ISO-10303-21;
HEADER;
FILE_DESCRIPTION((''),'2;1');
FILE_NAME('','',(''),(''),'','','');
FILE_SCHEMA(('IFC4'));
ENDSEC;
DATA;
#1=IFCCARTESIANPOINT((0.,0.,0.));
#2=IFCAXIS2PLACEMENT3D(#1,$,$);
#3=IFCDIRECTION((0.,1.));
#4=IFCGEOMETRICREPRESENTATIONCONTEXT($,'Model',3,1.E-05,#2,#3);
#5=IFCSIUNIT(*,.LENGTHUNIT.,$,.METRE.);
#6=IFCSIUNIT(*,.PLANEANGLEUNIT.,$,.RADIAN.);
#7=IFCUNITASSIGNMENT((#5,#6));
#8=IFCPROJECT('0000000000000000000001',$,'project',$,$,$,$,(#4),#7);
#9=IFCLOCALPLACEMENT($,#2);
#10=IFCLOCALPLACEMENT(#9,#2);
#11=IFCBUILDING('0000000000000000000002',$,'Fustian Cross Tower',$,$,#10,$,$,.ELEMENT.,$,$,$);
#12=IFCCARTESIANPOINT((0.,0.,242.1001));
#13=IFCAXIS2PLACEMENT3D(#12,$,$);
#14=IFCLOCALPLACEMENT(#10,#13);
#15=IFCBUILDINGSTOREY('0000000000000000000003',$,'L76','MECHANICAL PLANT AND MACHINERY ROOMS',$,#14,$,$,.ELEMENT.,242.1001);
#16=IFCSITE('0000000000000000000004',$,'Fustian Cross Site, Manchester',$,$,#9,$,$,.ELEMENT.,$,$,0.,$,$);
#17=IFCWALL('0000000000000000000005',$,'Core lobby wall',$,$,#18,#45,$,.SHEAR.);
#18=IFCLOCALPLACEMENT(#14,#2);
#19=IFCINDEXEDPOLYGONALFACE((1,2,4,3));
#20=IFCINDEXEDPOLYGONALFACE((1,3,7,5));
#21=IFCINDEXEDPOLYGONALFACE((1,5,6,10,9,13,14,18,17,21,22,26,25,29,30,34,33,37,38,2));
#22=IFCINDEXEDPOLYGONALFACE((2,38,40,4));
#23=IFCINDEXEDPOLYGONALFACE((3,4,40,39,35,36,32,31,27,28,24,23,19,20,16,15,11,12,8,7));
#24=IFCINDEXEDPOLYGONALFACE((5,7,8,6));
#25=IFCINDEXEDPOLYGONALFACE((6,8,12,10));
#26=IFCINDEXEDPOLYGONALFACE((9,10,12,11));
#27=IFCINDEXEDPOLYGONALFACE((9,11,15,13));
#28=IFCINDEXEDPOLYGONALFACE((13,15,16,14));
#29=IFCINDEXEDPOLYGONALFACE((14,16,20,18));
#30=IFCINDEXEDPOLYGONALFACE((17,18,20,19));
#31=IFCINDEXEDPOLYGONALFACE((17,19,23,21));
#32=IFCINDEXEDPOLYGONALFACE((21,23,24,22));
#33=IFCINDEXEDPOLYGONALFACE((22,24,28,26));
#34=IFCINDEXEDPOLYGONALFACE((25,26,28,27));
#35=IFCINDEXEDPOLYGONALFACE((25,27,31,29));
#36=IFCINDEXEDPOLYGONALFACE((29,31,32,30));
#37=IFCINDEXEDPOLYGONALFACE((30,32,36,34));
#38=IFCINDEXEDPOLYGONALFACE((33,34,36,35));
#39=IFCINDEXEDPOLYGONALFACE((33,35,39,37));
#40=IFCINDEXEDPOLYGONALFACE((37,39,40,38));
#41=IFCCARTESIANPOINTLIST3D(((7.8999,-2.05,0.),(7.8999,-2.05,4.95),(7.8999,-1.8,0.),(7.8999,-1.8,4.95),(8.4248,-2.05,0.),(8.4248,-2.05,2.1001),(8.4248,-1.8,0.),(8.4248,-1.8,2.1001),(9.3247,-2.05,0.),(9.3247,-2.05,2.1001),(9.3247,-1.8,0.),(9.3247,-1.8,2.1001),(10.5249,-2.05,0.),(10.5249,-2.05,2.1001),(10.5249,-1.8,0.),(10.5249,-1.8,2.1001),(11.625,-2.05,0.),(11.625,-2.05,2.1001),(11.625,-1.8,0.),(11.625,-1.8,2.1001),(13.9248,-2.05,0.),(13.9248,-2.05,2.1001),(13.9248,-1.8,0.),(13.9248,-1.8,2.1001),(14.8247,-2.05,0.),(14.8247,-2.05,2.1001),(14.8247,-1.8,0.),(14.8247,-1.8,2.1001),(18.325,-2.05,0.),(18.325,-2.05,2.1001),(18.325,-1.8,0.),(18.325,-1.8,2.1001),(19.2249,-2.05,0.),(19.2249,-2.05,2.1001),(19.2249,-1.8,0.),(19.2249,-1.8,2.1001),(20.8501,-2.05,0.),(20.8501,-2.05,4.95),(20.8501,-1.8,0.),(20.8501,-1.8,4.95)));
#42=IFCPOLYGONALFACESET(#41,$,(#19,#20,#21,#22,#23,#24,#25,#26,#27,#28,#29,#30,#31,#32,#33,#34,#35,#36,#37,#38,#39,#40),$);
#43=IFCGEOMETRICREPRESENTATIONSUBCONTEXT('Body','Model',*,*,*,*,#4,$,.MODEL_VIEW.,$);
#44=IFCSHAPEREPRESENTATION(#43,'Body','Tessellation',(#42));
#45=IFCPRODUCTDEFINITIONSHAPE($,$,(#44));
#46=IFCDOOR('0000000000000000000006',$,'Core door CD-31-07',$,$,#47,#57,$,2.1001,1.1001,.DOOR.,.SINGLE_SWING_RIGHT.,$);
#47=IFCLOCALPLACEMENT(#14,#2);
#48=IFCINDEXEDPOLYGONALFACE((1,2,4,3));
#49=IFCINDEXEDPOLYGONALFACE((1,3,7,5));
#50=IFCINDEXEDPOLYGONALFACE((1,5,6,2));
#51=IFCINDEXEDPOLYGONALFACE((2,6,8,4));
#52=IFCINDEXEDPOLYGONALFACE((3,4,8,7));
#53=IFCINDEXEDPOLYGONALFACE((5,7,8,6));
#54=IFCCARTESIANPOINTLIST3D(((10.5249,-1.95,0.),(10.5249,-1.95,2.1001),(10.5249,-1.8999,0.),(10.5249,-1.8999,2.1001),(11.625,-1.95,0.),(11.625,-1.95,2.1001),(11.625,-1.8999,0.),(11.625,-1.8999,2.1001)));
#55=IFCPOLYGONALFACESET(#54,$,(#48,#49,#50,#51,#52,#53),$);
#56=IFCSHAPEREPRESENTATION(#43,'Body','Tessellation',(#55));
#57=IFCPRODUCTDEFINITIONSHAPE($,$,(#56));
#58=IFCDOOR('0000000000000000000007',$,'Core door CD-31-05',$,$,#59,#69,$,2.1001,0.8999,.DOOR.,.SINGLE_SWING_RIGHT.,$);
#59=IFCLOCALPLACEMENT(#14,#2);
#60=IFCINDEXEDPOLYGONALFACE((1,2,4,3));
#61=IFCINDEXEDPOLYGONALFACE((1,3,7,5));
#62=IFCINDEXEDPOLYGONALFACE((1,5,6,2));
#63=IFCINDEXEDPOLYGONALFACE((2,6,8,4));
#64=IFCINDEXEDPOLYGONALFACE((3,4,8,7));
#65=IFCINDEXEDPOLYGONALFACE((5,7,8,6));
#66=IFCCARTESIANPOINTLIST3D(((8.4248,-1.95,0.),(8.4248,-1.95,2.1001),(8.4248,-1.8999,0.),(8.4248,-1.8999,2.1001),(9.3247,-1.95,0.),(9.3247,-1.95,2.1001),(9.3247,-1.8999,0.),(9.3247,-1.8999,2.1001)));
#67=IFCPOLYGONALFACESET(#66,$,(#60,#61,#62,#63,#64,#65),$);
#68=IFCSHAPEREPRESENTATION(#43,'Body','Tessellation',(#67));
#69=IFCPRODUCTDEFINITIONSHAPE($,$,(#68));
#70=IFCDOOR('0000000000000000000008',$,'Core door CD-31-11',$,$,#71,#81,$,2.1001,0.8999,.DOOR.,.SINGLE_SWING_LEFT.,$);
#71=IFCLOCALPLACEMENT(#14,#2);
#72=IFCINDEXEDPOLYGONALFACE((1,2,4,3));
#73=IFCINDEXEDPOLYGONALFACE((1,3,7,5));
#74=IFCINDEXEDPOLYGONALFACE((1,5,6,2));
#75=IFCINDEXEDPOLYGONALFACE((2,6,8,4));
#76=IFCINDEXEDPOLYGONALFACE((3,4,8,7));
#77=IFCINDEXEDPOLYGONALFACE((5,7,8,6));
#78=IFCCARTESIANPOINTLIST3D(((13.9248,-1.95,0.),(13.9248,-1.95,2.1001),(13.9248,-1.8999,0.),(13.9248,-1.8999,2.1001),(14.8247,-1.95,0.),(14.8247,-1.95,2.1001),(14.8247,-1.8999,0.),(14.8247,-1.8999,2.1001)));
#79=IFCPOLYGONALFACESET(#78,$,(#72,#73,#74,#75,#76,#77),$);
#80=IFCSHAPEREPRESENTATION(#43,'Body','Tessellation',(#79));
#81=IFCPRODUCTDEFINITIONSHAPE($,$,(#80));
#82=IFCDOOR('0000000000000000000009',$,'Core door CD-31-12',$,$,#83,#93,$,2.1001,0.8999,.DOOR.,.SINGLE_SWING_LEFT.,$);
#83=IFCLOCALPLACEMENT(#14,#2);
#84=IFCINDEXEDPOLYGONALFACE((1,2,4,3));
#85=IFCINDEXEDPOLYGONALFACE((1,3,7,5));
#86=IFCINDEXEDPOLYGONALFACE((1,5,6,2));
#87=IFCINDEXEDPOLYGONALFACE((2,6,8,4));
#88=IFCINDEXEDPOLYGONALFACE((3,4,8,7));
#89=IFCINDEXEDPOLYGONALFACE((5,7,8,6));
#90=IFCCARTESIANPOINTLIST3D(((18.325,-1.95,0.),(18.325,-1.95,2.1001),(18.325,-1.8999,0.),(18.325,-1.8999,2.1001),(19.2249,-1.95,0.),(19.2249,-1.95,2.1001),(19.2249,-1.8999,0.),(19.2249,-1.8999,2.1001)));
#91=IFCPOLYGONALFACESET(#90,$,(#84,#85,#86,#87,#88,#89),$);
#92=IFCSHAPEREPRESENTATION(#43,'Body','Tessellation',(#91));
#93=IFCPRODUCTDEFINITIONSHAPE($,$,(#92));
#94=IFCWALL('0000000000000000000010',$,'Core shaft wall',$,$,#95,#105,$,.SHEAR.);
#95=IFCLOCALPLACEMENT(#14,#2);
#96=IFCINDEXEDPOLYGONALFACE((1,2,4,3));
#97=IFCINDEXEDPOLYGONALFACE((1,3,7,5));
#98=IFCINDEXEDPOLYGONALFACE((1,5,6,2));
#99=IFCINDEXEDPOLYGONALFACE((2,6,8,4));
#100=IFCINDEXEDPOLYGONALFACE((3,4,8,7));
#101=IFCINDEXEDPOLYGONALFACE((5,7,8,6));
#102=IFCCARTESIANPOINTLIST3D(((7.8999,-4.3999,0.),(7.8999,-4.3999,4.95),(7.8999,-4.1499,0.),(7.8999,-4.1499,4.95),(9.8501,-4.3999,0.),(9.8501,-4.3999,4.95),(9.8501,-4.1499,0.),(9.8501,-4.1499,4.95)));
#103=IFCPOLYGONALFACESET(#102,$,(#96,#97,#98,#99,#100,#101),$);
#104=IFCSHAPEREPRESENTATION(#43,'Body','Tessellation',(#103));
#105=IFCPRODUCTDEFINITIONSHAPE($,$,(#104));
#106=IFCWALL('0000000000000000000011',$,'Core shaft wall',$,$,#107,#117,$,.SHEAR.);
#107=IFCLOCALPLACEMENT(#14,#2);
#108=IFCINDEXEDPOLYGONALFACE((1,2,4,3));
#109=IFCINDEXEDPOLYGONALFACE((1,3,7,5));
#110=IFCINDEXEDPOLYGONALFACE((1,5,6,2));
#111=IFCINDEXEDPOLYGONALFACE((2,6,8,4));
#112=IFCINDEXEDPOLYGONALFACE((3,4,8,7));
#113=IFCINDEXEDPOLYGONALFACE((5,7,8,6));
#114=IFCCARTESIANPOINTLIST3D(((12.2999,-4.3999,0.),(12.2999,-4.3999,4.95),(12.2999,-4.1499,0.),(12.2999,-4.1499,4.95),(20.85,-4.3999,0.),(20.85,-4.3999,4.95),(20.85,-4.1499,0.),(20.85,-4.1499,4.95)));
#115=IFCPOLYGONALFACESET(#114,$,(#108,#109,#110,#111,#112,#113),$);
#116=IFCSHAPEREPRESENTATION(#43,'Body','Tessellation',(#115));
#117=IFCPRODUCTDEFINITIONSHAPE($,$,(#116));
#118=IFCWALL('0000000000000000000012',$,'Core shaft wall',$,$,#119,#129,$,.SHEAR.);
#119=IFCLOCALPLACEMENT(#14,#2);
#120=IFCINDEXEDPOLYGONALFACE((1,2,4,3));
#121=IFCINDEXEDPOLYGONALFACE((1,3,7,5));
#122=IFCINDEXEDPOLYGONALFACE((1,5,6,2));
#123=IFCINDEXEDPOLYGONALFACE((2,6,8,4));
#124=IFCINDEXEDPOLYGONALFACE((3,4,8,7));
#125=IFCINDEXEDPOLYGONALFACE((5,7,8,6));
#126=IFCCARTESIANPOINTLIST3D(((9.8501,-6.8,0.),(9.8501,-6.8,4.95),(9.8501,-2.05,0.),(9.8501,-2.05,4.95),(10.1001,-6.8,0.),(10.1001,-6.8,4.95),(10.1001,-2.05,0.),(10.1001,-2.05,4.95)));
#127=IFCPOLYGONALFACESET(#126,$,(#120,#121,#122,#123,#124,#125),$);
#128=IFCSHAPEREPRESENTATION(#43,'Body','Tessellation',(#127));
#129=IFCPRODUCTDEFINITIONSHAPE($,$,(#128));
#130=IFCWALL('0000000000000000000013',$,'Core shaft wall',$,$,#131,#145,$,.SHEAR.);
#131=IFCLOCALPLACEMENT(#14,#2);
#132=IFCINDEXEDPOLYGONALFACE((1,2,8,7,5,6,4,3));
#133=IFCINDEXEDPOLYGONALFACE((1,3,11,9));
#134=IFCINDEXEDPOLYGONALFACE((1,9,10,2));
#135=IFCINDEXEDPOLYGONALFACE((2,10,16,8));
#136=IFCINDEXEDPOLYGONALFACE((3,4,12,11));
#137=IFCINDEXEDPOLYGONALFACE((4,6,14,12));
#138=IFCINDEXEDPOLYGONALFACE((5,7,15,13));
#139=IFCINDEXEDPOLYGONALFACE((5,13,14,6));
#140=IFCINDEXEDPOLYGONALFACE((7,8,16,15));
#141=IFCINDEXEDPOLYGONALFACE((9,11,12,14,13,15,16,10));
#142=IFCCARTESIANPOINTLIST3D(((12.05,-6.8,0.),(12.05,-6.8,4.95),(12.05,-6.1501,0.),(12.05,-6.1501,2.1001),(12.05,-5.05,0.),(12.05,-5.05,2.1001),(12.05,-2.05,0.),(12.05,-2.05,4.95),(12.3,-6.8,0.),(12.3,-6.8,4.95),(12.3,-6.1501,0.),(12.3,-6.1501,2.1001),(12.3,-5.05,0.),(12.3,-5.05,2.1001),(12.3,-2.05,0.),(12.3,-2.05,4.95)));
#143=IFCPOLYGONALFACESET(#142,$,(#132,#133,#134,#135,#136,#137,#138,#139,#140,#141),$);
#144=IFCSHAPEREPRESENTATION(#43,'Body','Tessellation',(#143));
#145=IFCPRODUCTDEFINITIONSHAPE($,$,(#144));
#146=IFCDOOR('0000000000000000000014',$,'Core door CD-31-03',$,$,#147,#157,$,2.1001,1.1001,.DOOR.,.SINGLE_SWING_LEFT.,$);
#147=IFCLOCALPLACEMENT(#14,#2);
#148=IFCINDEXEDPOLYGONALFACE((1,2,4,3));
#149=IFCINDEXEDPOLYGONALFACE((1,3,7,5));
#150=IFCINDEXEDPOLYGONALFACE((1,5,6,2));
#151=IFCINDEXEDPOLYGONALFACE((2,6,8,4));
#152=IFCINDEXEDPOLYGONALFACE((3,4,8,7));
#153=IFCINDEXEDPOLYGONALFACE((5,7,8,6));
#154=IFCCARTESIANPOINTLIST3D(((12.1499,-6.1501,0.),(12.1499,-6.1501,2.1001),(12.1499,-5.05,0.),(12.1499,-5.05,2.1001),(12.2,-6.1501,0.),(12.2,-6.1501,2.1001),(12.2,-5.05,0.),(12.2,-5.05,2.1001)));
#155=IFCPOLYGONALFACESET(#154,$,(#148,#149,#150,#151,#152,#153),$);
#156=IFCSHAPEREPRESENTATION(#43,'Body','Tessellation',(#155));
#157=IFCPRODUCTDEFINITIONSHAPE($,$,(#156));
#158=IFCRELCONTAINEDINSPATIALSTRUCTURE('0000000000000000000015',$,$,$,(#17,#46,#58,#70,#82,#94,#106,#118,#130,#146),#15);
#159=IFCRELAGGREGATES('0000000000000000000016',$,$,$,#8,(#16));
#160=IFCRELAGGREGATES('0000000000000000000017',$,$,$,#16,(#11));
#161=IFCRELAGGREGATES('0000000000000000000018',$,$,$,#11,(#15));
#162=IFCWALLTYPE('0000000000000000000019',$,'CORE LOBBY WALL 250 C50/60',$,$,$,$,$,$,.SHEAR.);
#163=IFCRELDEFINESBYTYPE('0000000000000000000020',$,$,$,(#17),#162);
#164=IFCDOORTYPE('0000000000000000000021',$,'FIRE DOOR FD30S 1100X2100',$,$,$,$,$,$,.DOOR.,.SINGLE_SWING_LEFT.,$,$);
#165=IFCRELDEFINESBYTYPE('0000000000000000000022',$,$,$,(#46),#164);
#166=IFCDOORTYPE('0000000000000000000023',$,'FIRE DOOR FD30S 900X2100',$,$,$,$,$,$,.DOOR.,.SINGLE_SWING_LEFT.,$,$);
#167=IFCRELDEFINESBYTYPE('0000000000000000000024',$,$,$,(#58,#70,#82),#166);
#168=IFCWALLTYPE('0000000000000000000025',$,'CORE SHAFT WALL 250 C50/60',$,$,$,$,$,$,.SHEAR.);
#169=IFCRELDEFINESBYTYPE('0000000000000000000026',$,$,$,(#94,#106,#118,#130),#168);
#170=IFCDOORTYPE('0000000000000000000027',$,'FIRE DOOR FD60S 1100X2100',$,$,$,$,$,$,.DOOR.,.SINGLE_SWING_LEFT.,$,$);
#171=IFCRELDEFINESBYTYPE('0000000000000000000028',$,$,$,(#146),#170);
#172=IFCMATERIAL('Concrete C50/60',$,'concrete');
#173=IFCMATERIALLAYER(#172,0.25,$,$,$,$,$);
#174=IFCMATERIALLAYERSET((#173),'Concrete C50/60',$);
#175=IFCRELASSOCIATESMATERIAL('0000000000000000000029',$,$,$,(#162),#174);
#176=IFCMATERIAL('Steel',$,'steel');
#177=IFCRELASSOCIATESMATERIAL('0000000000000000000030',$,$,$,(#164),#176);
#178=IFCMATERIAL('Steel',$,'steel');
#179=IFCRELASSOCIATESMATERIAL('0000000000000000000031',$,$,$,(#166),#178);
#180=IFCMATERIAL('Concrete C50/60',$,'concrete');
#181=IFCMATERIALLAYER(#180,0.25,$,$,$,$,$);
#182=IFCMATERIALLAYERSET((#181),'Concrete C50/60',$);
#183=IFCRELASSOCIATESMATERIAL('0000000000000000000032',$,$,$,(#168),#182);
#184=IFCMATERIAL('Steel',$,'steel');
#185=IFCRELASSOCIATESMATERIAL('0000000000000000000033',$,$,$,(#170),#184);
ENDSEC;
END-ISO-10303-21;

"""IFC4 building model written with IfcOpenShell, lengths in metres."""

from ifc_helpers import new_model, si_unit, direction, frame, frame_2d, origin, place, context, subcontext, project, spatial, rectangle, extrude, material, layer, layer_set, type_object, element, fill, save


model = new_model("IFC4")

# Units and contexts
model_context = context("Model", 3, precision=1e-05, world=origin(), true_north=direction((0.0, 1.0)))
body_context = subcontext(model_context, "Body", "Model", "MODEL_VIEW")
ifc_project = project(units=[si_unit("LENGTHUNIT", "METRE"), si_unit("PLANEANGLEUNIT", "RADIAN")], contexts=[model_context])

# Site, building, storey
site_placement = place(None, origin())
site = spatial("IfcSite", under=ifc_project, at=site_placement, Name="Fustian Cross Site, Manchester", CompositionType="ELEMENT", RefElevation=0.0)
building_placement = place(site_placement, origin())
building = spatial("IfcBuilding", under=site, at=building_placement, Name="Fustian Cross Tower", CompositionType="ELEMENT")
storey_placement = place(building_placement, frame((0.0, 0.0, 242.1001)))
storey = spatial("IfcBuildingStorey", under=building, at=storey_placement, Name="L76", Description="MECHANICAL PLANT AND MACHINERY ROOMS", CompositionType="ELEMENT", Elevation=242.1001)

# Wall, openings, doors
ifc_material_1 = material(Name="Concrete C50/60", Category="concrete")
ifc_layer_1 = layer(ifc_material_1, 0.25)
ifc_layer_set_1 = layer_set([ifc_layer_1], Name="Concrete C50/60")
wall_type_1 = type_object("IfcWallType", Name="CORE LOBBY WALL 250 C50/60", PredefinedType="SHEAR", material=ifc_layer_set_1)
wall_1_placement = place(storey_placement, frame((7.8999, -1.925, 0.0), z_axis=(0.0, 0.0, 1.0), x_axis=(1.0, 0.0, 0.0)))
wall_1 = element("IfcWall", 1, at=wall_1_placement, inside=storey, type_object=wall_type_1, Name="Core lobby wall", PredefinedType="SHEAR", context=body_context, shape_type="SweptSolid", body=[
    extrude(rectangle(XDim=12.9502, YDim=0.25, at=frame_2d((6.4751, 0.0))), origin(), (0.0, 0.0, 1.0), 4.95),
])
opening_1_placement = place(wall_1_placement, frame((0.5249, 0.0, 0.0)))
opening_1 = element("IfcOpeningElement", 2, at=opening_1_placement, cuts=wall_1, PredefinedType="OPENING", context=body_context, shape_type="SweptSolid", body=[
    extrude(rectangle(XDim=0.8999, YDim=2.1001, at=frame_2d((0.45, 1.05))), frame((0.0, 0.135, 0.0), z_axis=(0.0, -1.0, 0.0), x_axis=(1.0, 0.0, 0.0)), (0.0, 0.0, 1.0), 0.27),
])
opening_2_placement = place(wall_1_placement, frame((2.625, 0.0, 0.0)))
opening_2 = element("IfcOpeningElement", 3, at=opening_2_placement, cuts=wall_1, PredefinedType="OPENING", context=body_context, shape_type="SweptSolid", body=[
    extrude(rectangle(XDim=1.1001, YDim=2.1001, at=frame_2d((0.55, 1.05))), frame((0.0, 0.135, 0.0), z_axis=(0.0, -1.0, 0.0), x_axis=(1.0, 0.0, 0.0)), (0.0, 0.0, 1.0), 0.27),
])
opening_3_placement = place(wall_1_placement, frame((6.0249, 0.0, 0.0)))
opening_3 = element("IfcOpeningElement", 4, at=opening_3_placement, cuts=wall_1, PredefinedType="OPENING", context=body_context, shape_type="SweptSolid", body=[
    extrude(rectangle(XDim=0.8999, YDim=2.1001, at=frame_2d((0.45, 1.05))), frame((0.0, 0.135, 0.0), z_axis=(0.0, -1.0, 0.0), x_axis=(1.0, 0.0, 0.0)), (0.0, 0.0, 1.0), 0.27),
])
opening_4_placement = place(wall_1_placement, frame((10.425, 0.0, 0.0)))
opening_4 = element("IfcOpeningElement", 5, at=opening_4_placement, cuts=wall_1, PredefinedType="OPENING", context=body_context, shape_type="SweptSolid", body=[
    extrude(rectangle(XDim=0.8999, YDim=2.1001, at=frame_2d((0.45, 1.05))), frame((0.0, 0.135, 0.0), z_axis=(0.0, -1.0, 0.0), x_axis=(1.0, 0.0, 0.0)), (0.0, 0.0, 1.0), 0.27),
])
ifc_material_2 = material(Name="Steel", Category="steel")
door_type_1 = type_object("IfcDoorType", Name="FIRE DOOR FD30S 1100X2100", OperationType="SINGLE_SWING_LEFT", PredefinedType="DOOR", material=ifc_material_2)
door_1_placement = place(opening_2_placement, frame((1.1001, 0.0, 0.0), z_axis=(0.0, 0.0, 1.0), x_axis=(-1.0, 0.0, 0.0)))
door_1 = element("IfcDoor", 6, at=door_1_placement, inside=storey, type_object=door_type_1, Name="Core door CD-31-07", OperationType="SINGLE_SWING_RIGHT", OverallHeight=2.1001, OverallWidth=1.1001, PredefinedType="DOOR", context=body_context, shape_type="SweptSolid", body=[
    extrude(rectangle(XDim=1.1001, YDim=2.1001, at=frame_2d((0.55, 1.05))), frame((0.0, 0.0249, 0.0), z_axis=(0.0, -1.0, 0.0), x_axis=(1.0, 0.0, 0.0)), (0.0, 0.0, 1.0), 0.05),
])
fill(opening_2, door_1)
ifc_material_3 = material(Name="Steel", Category="steel")
door_type_2 = type_object("IfcDoorType", Name="FIRE DOOR FD30S 900X2100", OperationType="SINGLE_SWING_LEFT", PredefinedType="DOOR", material=ifc_material_3)
door_2_placement = place(opening_1_placement, frame((0.8999, 0.0, 0.0), z_axis=(0.0, 0.0, 1.0), x_axis=(-1.0, 0.0, 0.0)))
door_2 = element("IfcDoor", 7, at=door_2_placement, inside=storey, type_object=door_type_2, Name="Core door CD-31-05", OperationType="SINGLE_SWING_RIGHT", OverallHeight=2.1001, OverallWidth=0.8999, PredefinedType="DOOR", context=body_context, shape_type="SweptSolid", body=[
    extrude(rectangle(XDim=0.8999, YDim=2.1001, at=frame_2d((0.45, 1.05))), frame((0.0, 0.0249, 0.0), z_axis=(0.0, -1.0, 0.0), x_axis=(1.0, 0.0, 0.0)), (0.0, 0.0, 1.0), 0.05),
])
fill(opening_1, door_2)
door_3_placement = place(opening_3_placement, frame((0.8999, 0.0, 0.0), z_axis=(0.0, 0.0, 1.0), x_axis=(-1.0, 0.0, 0.0)))
door_3 = element("IfcDoor", 8, at=door_3_placement, inside=storey, type_object=door_type_2, Name="Core door CD-31-11", OperationType="SINGLE_SWING_LEFT", OverallHeight=2.1001, OverallWidth=0.8999, PredefinedType="DOOR", context=body_context, shape_type="SweptSolid", body=[
    extrude(rectangle(XDim=0.8999, YDim=2.1001, at=frame_2d((0.45, 1.05))), frame((0.0, 0.0249, 0.0), z_axis=(0.0, -1.0, 0.0), x_axis=(1.0, 0.0, 0.0)), (0.0, 0.0, 1.0), 0.05),
])
fill(opening_3, door_3)
door_4_placement = place(opening_4_placement, frame((0.8999, 0.0, 0.0), z_axis=(0.0, 0.0, 1.0), x_axis=(-1.0, 0.0, 0.0)))
door_4 = element("IfcDoor", 9, at=door_4_placement, inside=storey, type_object=door_type_2, Name="Core door CD-31-12", OperationType="SINGLE_SWING_LEFT", OverallHeight=2.1001, OverallWidth=0.8999, PredefinedType="DOOR", context=body_context, shape_type="SweptSolid", body=[
    extrude(rectangle(XDim=0.8999, YDim=2.1001, at=frame_2d((0.45, 1.05))), frame((0.0, 0.0249, 0.0), z_axis=(0.0, -1.0, 0.0), x_axis=(1.0, 0.0, 0.0)), (0.0, 0.0, 1.0), 0.05),
])
fill(opening_4, door_4)

# Walls
ifc_material_4 = material(Name="Concrete C50/60", Category="concrete")
ifc_layer_2 = layer(ifc_material_4, 0.25)
ifc_layer_set_2 = layer_set([ifc_layer_2], Name="Concrete C50/60")
wall_type_2 = type_object("IfcWallType", Name="CORE SHAFT WALL 250 C50/60", PredefinedType="SHEAR", material=ifc_layer_set_2)
wall_2_placement = place(storey_placement, frame((7.8999, -4.2749, 0.0), z_axis=(0.0, 0.0, 1.0), x_axis=(1.0, 0.0, 0.0)))
element("IfcWall", 10, at=wall_2_placement, inside=storey, type_object=wall_type_2, Name="Core shaft wall", PredefinedType="SHEAR", context=body_context, shape_type="SweptSolid", body=[
    extrude(rectangle(XDim=1.9502, YDim=0.25, at=frame_2d((0.9751, 0.0))), origin(), (0.0, 0.0, 1.0), 4.95),
])
wall_3_placement = place(storey_placement, frame((12.3, -4.2749, 0.0), z_axis=(0.0, 0.0, 1.0), x_axis=(1.0, 0.0, 0.0)))
element("IfcWall", 11, at=wall_3_placement, inside=storey, type_object=wall_type_2, Name="Core shaft wall", PredefinedType="SHEAR", context=body_context, shape_type="SweptSolid", body=[
    extrude(rectangle(XDim=8.55, YDim=0.25, at=frame_2d((4.2749, 0.0))), origin(), (0.0, 0.0, 1.0), 4.95),
])
wall_4_placement = place(storey_placement, frame((9.9751, -2.05, 0.0), z_axis=(0.0, 0.0, 1.0), x_axis=(0.0, -1.0, 0.0)))
element("IfcWall", 12, at=wall_4_placement, inside=storey, type_object=wall_type_2, Name="Core shaft wall", PredefinedType="SHEAR", context=body_context, shape_type="SweptSolid", body=[
    extrude(rectangle(XDim=4.75, YDim=0.25, at=frame_2d((2.375, 0.0))), origin(), (0.0, 0.0, 1.0), 4.95),
])

# Wall, opening, door
wall_5_placement = place(storey_placement, frame((12.175, -2.05, 0.0), z_axis=(0.0, 0.0, 1.0), x_axis=(0.0, -1.0, 0.0)))
wall_5 = element("IfcWall", 13, at=wall_5_placement, inside=storey, type_object=wall_type_2, Name="Core shaft wall", PredefinedType="SHEAR", context=body_context, shape_type="SweptSolid", body=[
    extrude(rectangle(XDim=4.75, YDim=0.25, at=frame_2d((2.375, 0.0))), origin(), (0.0, 0.0, 1.0), 4.95),
])
opening_5_placement = place(wall_5_placement, frame((3.0, 0.0, 0.0)))
opening_5 = element("IfcOpeningElement", 14, at=opening_5_placement, cuts=wall_5, PredefinedType="OPENING", context=body_context, shape_type="SweptSolid", body=[
    extrude(rectangle(XDim=1.1001, YDim=2.1001, at=frame_2d((0.55, 1.05))), frame((0.0, 0.135, 0.0), z_axis=(0.0, -1.0, 0.0), x_axis=(1.0, 0.0, 0.0)), (0.0, 0.0, 1.0), 0.27),
])
ifc_material_5 = material(Name="Steel", Category="steel")
door_type_3 = type_object("IfcDoorType", Name="FIRE DOOR FD60S 1100X2100", OperationType="SINGLE_SWING_LEFT", PredefinedType="DOOR", material=ifc_material_5)
door_5_placement = place(opening_5_placement, origin())
door_5 = element("IfcDoor", 15, at=door_5_placement, inside=storey, type_object=door_type_3, Name="Core door CD-31-03", OperationType="SINGLE_SWING_LEFT", OverallHeight=2.1001, OverallWidth=1.1001, PredefinedType="DOOR", context=body_context, shape_type="SweptSolid", body=[
    extrude(rectangle(XDim=1.1001, YDim=2.1001, at=frame_2d((0.55, 1.05))), frame((0.0, 0.0249, 0.0), z_axis=(0.0, -1.0, 0.0), x_axis=(1.0, 0.0, 0.0)), (0.0, 0.0, 1.0), 0.05),
])
fill(opening_5, door_5)

save(model, "model.ifc")
